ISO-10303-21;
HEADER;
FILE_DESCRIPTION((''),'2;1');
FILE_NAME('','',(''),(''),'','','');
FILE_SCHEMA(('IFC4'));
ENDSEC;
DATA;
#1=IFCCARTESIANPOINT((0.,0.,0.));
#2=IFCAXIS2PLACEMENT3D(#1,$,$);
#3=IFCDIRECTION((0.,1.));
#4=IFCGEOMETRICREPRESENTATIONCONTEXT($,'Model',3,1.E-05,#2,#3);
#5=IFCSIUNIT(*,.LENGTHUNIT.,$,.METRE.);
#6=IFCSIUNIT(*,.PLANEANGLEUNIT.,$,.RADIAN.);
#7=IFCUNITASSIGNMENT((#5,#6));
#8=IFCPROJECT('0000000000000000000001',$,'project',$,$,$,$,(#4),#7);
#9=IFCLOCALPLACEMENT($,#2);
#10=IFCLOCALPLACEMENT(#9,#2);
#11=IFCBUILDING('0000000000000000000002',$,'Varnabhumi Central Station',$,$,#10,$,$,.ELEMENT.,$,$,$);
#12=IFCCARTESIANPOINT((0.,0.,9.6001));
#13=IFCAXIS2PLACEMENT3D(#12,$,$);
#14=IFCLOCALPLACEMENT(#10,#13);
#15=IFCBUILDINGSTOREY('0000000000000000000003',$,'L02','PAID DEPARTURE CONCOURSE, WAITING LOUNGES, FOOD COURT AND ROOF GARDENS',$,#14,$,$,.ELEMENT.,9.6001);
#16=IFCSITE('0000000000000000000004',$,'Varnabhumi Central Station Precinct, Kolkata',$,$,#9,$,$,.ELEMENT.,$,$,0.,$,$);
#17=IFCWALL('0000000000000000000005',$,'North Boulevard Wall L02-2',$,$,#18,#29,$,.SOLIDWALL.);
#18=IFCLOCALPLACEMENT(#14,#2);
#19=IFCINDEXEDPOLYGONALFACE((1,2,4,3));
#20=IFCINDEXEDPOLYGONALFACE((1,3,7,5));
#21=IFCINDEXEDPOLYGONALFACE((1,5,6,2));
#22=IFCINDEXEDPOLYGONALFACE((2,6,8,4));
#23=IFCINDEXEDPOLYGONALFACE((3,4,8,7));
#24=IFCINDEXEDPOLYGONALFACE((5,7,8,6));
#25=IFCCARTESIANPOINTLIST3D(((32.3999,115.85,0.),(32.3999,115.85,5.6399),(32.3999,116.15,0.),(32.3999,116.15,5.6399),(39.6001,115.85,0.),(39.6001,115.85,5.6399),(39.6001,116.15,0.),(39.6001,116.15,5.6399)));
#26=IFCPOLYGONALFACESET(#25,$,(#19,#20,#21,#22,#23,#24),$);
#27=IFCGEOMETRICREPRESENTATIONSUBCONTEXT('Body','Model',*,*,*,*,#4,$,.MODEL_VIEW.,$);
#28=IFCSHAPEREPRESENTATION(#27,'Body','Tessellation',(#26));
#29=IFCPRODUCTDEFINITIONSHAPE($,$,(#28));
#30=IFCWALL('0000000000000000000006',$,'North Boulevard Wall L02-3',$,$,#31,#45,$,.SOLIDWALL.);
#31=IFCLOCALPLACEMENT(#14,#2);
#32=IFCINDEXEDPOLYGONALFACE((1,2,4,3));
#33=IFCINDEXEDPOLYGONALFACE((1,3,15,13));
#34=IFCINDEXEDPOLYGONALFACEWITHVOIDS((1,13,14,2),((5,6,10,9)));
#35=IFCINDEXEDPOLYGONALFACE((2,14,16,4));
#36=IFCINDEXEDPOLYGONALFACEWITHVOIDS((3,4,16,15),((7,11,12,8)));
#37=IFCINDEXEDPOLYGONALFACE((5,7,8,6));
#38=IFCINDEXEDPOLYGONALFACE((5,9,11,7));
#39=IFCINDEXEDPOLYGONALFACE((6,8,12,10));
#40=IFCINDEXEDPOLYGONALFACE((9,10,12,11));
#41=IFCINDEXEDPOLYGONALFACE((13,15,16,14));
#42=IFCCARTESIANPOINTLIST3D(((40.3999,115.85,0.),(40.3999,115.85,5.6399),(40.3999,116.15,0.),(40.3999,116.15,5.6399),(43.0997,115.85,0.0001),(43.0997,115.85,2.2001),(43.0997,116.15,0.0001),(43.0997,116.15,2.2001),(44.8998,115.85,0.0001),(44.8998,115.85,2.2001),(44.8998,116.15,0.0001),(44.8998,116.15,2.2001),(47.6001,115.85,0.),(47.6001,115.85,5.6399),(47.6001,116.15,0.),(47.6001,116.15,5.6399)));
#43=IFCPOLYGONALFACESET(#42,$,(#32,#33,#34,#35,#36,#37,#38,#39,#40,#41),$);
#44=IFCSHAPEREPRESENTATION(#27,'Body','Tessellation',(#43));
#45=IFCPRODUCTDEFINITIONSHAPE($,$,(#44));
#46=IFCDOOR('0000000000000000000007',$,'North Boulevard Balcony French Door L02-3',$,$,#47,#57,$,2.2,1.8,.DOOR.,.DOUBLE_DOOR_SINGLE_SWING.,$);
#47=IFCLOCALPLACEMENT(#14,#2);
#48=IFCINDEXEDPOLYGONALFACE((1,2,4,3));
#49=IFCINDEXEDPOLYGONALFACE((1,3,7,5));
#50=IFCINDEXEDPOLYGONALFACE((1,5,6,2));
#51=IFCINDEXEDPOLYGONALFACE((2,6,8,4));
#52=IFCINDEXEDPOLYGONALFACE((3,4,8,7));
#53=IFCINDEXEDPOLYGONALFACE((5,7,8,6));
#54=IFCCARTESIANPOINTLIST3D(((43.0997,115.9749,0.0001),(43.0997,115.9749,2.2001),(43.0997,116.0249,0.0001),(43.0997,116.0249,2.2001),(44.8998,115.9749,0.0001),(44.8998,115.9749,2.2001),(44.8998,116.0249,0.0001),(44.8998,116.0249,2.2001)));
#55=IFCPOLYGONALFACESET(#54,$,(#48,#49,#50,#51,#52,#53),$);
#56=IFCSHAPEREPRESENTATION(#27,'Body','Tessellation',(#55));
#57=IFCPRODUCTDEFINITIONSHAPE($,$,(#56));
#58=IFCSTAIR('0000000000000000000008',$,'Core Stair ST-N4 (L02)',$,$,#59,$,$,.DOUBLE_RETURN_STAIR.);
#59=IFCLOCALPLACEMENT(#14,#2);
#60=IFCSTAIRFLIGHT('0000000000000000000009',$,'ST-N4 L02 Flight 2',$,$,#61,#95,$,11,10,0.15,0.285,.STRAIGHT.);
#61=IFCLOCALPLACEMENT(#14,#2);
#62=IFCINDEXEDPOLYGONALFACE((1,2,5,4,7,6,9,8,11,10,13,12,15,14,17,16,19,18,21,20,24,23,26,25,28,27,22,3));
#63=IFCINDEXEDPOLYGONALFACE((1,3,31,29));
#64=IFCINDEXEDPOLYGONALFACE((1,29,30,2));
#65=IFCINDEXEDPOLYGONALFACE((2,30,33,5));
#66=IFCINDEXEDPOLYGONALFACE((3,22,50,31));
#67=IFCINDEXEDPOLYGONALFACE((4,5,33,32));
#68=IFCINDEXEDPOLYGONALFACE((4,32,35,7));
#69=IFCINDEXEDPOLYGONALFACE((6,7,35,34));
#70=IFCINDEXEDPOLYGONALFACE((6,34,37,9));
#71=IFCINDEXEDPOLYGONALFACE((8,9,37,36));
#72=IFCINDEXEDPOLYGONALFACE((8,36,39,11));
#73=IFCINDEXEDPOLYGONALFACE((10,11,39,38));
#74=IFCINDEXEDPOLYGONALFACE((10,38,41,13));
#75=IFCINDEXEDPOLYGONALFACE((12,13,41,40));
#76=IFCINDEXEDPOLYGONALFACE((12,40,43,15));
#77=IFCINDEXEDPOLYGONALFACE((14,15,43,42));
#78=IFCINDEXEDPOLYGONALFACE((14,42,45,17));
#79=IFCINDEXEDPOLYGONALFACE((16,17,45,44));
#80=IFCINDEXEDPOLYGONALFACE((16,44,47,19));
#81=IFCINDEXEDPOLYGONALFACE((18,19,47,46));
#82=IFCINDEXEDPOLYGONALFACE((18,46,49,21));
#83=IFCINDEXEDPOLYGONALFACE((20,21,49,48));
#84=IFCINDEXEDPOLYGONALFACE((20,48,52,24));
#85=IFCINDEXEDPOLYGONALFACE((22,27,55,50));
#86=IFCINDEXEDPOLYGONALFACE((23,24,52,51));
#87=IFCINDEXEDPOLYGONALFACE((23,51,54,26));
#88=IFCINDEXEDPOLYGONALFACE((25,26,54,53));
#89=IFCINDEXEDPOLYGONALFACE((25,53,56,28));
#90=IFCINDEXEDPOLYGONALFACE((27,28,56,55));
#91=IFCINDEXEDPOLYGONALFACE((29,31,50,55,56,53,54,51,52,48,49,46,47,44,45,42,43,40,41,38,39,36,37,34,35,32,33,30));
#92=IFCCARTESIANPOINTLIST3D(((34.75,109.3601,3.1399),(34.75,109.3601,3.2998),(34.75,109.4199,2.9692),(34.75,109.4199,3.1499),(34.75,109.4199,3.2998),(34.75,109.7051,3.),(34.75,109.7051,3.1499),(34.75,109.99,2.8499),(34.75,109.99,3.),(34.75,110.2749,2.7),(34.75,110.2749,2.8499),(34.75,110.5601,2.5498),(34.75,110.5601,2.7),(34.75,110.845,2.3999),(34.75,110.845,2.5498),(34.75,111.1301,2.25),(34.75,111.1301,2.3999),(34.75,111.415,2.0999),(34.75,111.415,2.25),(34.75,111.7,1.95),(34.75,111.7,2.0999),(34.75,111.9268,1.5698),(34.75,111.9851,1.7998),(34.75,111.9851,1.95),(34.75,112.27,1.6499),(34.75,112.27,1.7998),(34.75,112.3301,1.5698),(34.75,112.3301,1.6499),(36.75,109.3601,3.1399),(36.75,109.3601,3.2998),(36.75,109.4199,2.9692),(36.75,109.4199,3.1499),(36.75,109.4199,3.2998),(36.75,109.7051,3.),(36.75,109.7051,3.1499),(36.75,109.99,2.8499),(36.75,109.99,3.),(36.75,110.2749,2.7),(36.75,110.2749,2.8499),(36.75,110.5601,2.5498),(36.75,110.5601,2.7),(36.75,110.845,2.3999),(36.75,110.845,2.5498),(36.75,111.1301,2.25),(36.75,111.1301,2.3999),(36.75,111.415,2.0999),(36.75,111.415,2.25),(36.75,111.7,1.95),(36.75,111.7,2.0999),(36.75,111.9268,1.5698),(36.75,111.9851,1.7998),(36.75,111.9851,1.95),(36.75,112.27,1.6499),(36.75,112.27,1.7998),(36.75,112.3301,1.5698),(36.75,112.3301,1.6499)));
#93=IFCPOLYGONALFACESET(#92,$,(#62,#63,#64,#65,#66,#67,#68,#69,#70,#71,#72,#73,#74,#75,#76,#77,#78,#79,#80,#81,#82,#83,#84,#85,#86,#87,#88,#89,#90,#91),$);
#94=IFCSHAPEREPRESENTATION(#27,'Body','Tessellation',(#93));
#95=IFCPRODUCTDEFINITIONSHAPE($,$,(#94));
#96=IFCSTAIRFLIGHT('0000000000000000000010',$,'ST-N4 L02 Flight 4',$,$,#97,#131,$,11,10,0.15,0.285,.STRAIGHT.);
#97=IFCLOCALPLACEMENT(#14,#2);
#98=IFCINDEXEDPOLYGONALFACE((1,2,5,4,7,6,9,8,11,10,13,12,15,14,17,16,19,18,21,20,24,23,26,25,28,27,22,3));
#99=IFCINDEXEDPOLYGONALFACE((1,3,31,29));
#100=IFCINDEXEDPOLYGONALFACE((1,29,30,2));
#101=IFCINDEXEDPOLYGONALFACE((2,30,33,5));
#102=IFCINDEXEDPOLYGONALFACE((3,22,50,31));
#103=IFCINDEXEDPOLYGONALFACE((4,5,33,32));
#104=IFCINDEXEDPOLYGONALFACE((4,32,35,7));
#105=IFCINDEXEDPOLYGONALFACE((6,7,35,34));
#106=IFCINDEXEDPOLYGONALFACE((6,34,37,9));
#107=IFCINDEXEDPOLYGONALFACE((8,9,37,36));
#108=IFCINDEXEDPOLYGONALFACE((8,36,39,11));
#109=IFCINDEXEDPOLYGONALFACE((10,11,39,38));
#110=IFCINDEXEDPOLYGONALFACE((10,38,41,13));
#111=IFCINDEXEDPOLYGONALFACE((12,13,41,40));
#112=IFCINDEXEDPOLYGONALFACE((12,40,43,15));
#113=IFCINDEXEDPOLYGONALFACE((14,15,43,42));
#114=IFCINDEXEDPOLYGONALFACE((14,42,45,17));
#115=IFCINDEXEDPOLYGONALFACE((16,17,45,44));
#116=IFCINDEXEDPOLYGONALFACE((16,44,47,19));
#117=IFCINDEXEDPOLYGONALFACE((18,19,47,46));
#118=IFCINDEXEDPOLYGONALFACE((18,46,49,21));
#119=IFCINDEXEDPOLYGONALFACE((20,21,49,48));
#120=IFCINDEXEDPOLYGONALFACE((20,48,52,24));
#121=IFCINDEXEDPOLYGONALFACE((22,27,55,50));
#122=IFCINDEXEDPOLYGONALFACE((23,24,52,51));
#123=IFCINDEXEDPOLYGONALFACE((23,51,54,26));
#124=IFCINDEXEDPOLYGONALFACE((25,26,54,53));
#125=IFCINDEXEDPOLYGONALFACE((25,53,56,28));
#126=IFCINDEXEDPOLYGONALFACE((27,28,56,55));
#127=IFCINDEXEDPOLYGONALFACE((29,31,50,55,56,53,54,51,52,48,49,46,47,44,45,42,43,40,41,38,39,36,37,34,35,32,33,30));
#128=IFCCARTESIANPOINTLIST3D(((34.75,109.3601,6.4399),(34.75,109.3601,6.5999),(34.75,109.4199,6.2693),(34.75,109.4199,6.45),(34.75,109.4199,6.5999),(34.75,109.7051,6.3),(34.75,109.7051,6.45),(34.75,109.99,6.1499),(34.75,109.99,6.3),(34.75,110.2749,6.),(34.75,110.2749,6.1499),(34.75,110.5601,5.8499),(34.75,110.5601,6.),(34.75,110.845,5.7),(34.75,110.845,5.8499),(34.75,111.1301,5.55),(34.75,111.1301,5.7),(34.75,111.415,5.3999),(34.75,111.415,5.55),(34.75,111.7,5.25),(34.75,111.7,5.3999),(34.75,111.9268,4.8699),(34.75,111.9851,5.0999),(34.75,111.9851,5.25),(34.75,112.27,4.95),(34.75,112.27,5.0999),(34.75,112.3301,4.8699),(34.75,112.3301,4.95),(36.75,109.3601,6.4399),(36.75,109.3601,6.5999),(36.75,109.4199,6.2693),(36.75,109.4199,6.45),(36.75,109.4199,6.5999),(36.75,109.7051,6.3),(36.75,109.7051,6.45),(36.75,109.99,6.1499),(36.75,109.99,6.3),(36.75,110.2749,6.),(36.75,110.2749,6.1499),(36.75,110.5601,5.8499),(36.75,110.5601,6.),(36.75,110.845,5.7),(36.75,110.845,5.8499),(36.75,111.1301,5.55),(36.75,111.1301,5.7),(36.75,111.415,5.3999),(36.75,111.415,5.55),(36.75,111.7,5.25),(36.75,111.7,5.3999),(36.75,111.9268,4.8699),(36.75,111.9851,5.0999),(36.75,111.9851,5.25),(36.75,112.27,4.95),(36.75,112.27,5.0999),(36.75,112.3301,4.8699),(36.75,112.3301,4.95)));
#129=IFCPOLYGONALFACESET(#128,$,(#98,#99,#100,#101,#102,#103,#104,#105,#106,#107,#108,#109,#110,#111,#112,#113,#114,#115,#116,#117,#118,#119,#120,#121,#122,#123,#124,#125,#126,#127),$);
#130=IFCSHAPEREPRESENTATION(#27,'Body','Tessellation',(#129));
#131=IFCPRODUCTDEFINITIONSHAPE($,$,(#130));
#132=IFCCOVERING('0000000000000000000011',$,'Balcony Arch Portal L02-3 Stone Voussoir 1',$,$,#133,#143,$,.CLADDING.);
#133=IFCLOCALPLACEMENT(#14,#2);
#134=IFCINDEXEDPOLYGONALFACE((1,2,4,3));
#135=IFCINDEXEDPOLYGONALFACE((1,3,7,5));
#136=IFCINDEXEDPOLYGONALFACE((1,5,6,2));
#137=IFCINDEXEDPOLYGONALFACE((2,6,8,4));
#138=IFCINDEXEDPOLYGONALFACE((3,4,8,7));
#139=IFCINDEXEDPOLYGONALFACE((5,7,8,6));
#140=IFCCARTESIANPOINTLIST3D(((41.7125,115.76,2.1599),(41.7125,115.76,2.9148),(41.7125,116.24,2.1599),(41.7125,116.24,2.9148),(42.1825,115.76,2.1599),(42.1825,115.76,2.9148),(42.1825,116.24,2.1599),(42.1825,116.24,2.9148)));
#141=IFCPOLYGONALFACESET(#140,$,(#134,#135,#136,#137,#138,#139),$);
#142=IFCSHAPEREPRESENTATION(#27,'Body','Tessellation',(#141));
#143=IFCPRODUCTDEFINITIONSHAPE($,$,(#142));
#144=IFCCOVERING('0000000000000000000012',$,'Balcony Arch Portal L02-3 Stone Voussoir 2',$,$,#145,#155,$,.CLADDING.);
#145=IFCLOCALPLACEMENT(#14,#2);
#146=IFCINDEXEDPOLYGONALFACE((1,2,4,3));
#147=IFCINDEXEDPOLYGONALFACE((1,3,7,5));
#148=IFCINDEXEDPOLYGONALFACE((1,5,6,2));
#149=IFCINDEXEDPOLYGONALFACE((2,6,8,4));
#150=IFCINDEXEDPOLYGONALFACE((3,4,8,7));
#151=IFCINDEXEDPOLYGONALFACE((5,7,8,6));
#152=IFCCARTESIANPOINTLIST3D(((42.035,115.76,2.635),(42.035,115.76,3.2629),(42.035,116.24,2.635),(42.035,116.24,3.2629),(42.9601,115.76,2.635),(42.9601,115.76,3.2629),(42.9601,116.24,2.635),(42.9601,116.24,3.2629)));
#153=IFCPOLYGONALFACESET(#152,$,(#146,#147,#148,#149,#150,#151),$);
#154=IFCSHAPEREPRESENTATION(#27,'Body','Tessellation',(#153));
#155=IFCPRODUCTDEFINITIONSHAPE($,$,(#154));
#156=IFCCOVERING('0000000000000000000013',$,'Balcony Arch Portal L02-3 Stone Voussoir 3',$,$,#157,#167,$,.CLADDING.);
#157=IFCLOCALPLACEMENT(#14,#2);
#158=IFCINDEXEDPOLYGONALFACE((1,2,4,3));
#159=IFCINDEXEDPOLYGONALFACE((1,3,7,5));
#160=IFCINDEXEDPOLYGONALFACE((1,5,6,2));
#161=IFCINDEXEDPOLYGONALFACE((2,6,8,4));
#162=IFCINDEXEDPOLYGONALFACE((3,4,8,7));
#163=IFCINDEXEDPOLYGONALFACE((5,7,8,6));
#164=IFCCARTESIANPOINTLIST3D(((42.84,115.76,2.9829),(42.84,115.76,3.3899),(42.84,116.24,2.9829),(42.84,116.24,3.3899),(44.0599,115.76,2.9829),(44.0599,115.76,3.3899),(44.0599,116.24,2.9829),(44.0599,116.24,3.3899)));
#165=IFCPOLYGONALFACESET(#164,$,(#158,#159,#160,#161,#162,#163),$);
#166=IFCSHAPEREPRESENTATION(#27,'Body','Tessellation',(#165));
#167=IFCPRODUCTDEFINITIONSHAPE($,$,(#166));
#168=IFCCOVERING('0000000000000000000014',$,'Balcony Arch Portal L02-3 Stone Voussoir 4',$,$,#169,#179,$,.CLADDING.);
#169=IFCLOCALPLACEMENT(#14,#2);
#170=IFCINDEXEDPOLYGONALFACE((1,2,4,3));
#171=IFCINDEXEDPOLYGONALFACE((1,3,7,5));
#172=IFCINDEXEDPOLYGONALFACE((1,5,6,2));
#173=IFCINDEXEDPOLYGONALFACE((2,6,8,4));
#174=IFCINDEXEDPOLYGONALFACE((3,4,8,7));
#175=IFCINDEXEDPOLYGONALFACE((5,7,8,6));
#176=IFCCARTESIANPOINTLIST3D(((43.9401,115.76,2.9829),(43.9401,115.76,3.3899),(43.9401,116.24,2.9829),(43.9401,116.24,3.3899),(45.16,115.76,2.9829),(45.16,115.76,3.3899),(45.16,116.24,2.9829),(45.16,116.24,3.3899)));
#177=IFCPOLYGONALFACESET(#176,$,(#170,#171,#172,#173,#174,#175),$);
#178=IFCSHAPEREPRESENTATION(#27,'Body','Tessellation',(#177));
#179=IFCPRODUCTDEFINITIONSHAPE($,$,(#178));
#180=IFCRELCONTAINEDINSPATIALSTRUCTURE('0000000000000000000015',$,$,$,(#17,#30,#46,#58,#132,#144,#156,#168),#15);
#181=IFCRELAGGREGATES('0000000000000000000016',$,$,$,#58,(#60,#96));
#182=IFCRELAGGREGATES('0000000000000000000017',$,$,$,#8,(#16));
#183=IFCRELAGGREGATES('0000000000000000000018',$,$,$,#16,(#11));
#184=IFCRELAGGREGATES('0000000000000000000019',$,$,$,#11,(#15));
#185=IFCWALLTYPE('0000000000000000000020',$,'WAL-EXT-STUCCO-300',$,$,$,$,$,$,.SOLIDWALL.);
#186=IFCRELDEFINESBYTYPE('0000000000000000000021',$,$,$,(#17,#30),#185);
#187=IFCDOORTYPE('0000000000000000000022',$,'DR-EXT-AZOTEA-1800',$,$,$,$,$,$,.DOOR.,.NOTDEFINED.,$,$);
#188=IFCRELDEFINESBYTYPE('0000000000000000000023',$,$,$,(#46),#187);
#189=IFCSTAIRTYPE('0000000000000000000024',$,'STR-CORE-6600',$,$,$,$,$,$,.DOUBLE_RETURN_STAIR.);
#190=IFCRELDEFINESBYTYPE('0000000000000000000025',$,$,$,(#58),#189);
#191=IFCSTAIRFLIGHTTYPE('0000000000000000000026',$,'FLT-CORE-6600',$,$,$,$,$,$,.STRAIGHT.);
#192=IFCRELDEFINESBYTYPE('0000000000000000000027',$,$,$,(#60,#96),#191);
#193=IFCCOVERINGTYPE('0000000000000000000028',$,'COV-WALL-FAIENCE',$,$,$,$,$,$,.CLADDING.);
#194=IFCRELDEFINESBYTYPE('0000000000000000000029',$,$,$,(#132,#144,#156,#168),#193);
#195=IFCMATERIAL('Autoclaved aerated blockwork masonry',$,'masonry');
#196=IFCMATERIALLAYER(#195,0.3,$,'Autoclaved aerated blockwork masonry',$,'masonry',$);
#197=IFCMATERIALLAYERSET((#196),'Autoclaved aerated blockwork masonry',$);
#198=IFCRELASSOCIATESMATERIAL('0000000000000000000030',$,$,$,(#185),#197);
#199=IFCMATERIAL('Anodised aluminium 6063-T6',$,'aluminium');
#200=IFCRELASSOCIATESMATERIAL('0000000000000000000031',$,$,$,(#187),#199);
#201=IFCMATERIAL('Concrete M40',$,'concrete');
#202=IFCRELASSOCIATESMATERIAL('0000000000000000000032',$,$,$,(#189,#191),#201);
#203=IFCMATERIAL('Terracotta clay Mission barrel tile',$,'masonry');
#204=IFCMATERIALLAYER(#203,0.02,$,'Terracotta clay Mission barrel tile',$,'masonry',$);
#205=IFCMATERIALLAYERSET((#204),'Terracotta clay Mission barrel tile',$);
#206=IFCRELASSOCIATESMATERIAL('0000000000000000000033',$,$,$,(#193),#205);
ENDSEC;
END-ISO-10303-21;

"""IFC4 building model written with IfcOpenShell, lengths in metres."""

from ifc_helpers import new_model, si_unit, direction, frame, frame_2d, origin, origin_2d, place, context, subcontext, project, spatial, polyline, rectangle, outline, extrude, material, layer, layer_set, type_object, element, fill, aggregate, save


model = new_model("IFC4")

# Units and contexts
model_context = context("Model", 3, precision=1e-05, world=origin(), true_north=direction((0.0, 1.0)))
body_context = subcontext(model_context, "Body", "Model", "MODEL_VIEW")
ifc_project = project(units=[si_unit("LENGTHUNIT", "METRE"), si_unit("PLANEANGLEUNIT", "RADIAN")], contexts=[model_context])

# Site, building, storey
site_placement = place(None, origin())
site = spatial("IfcSite", under=ifc_project, at=site_placement, Name="Varnabhumi Central Station Precinct, Kolkata", CompositionType="ELEMENT", RefElevation=0.0)
building_placement = place(site_placement, origin())
building = spatial("IfcBuilding", under=site, at=building_placement, Name="Varnabhumi Central Station", CompositionType="ELEMENT")
storey_placement = place(building_placement, frame((0.0, 0.0, 9.6001)))
storey = spatial("IfcBuildingStorey", under=building, at=storey_placement, Name="L02", Description="PAID DEPARTURE CONCOURSE, WAITING LOUNGES, FOOD COURT AND ROOF GARDENS", CompositionType="ELEMENT", Elevation=9.6001)

# Shared definitions
ifc_material_1 = material(Name="Concrete M40", Category="concrete")

# Wall
ifc_material_2 = material(Name="Autoclaved aerated blockwork masonry", Category="masonry")
ifc_layer_1 = layer(ifc_material_2, 0.3, Name="Autoclaved aerated blockwork masonry", Category="masonry")
ifc_layer_set_1 = layer_set([ifc_layer_1], Name="Autoclaved aerated blockwork masonry")
wall_type_1 = type_object("IfcWallType", Name="WAL-EXT-STUCCO-300", PredefinedType="SOLIDWALL", material=ifc_layer_set_1)
wall_1_placement = place(storey_placement, frame((32.3999, 116.0, 0.0), z_axis=(0.0, 0.0, 1.0), x_axis=(1.0, 0.0, 0.0)))
element("IfcWall", 1, at=wall_1_placement, inside=storey, type_object=wall_type_1, Name="North Boulevard Wall L02-2", PredefinedType="SOLIDWALL", context=body_context, shape_type="SweptSolid", body=[
    extrude(rectangle(XDim=7.2002, YDim=0.3, at=frame_2d((3.6001, 0.0))), origin(), (0.0, 0.0, 1.0), 5.6399),
])

# Wall, opening, door
wall_2_placement = place(storey_placement, frame((40.3999, 116.0, 0.0), z_axis=(0.0, 0.0, 1.0), x_axis=(1.0, 0.0, 0.0)))
wall_2 = element("IfcWall", 2, at=wall_2_placement, inside=storey, type_object=wall_type_1, Name="North Boulevard Wall L02-3", PredefinedType="SOLIDWALL", context=body_context, shape_type="SweptSolid", body=[
    extrude(rectangle(XDim=7.2002, YDim=0.3, at=frame_2d((3.6001, 0.0))), origin(), (0.0, 0.0, 1.0), 5.6399),
])
opening_1_placement = place(wall_2_placement, frame((2.7, 0.0, 0.0)))
opening_1 = element("IfcOpeningElement", 3, at=opening_1_placement, cuts=wall_2, PredefinedType="OPENING", context=body_context, shape_type="SweptSolid", body=[
    extrude(rectangle(XDim=1.8, YDim=2.2, at=frame_2d((0.8999, 1.1001))), frame((0.0, 0.1599, 0.0), z_axis=(0.0, -1.0, 0.0), x_axis=(1.0, 0.0, 0.0)), (0.0, 0.0, 1.0), 0.3201),
])
ifc_material_3 = material(Name="Anodised aluminium 6063-T6", Category="aluminium")
door_type_1 = type_object("IfcDoorType", Name="DR-EXT-AZOTEA-1800", OperationType="NOTDEFINED", PredefinedType="DOOR", material=ifc_material_3)
door_1_placement = place(opening_1_placement, origin())
door_1 = element("IfcDoor", 4, at=door_1_placement, inside=storey, type_object=door_type_1, Name="North Boulevard Balcony French Door L02-3", OperationType="DOUBLE_DOOR_SINGLE_SWING", OverallHeight=2.2, OverallWidth=1.8, PredefinedType="DOOR", context=body_context, shape_type="SweptSolid", body=[
    extrude(rectangle(XDim=1.8, YDim=2.2, at=frame_2d((0.8999, 1.1001))), frame((0.0, 0.0249, 0.0), z_axis=(0.0, -1.0, 0.0), x_axis=(1.0, 0.0, 0.0)), (0.0, 0.0, 1.0), 0.05),
])
fill(opening_1, door_1)

# Stair, stair flights
stair_type = type_object("IfcStairType", Name="STR-CORE-6600", PredefinedType="DOUBLE_RETURN_STAIR", material=ifc_material_1)
stair_placement = place(storey_placement, origin())
stair = element("IfcStair", 5, at=stair_placement, inside=storey, type_object=stair_type, Name="Core Stair ST-N4 (L02)", PredefinedType="DOUBLE_RETURN_STAIR")
stair_flight_type = type_object("IfcStairFlightType", Name="FLT-CORE-6600", PredefinedType="STRAIGHT", material=ifc_material_1)
stair_flight_1_placement = place(storey_placement, frame((35.75, 112.27, 1.6499), z_axis=(0.0, 0.0, 1.0), x_axis=(0.0, -1.0, 0.0)))
stair_flight_1 = element("IfcStairFlight", 6, at=stair_flight_1_placement, type_object=stair_flight_type, Name="ST-N4 L02 Flight 2", NumberOfRisers=11, NumberOfTreads=10, PredefinedType="STRAIGHT", RiserHeight=0.15, TreadLength=0.285, context=body_context, shape_type="SweptSolid", body=[
    extrude(outline(polyline([(-0.0601, -0.0801), (-0.0601, 0.0), (0.0, 0.0), (0.0, 0.1499), (0.2849, 0.1499), (0.2849, 0.3), (0.5701, 0.3), (0.5701, 0.45), (0.855, 0.45), (0.855, 0.6001), (1.1399, 0.6001), (1.1399, 0.75), (1.425, 0.75), (1.425, 0.8999), (1.71, 0.8999), (1.71, 1.05), (1.9951, 1.05), (1.9951, 1.2), (2.28, 1.2), (2.28, 1.3501), (2.5649, 1.3501), (2.5649, 1.5), (2.8501, 1.5), (2.8501, 1.6499), (2.9099, 1.6499), (2.9099, 1.49), (2.8501, 1.3193), (0.3433, -0.0801), (-0.0601, -0.0801)])), frame((0.0, 1.0, 0.0), z_axis=(0.0, -1.0, 0.0), x_axis=(1.0, 0.0, 0.0)), (0.0, 0.0, 1.0), 2.0),
])
stair_flight_2_placement = place(storey_placement, frame((35.75, 112.27, 4.95), z_axis=(0.0, 0.0, 1.0), x_axis=(0.0, -1.0, 0.0)))
stair_flight_2 = element("IfcStairFlight", 7, at=stair_flight_2_placement, type_object=stair_flight_type, Name="ST-N4 L02 Flight 4", NumberOfRisers=11, NumberOfTreads=10, PredefinedType="STRAIGHT", RiserHeight=0.15, TreadLength=0.285, context=body_context, shape_type="SweptSolid", body=[
    extrude(outline(polyline([(-0.0601, -0.0801), (-0.0601, 0.0), (0.0, 0.0), (0.0, 0.1499), (0.2849, 0.1499), (0.2849, 0.3), (0.5701, 0.3), (0.5701, 0.45), (0.855, 0.45), (0.855, 0.6001), (1.1399, 0.6001), (1.1399, 0.75), (1.425, 0.75), (1.425, 0.8999), (1.71, 0.8999), (1.71, 1.05), (1.9951, 1.05), (1.9951, 1.2), (2.28, 1.2), (2.28, 1.3501), (2.5649, 1.3501), (2.5649, 1.5), (2.8501, 1.5), (2.8501, 1.6499), (2.9099, 1.6499), (2.9099, 1.49), (2.8501, 1.3193), (0.3433, -0.0801), (-0.0601, -0.0801)])), frame((0.0, 1.0, 0.0), z_axis=(0.0, -1.0, 0.0), x_axis=(1.0, 0.0, 0.0)), (0.0, 0.0, 1.0), 2.0),
])
aggregate(stair, [stair_flight_1, stair_flight_2])

# Coverings
ifc_material_4 = material(Name="Terracotta clay Mission barrel tile", Category="masonry")
ifc_layer_2 = layer(ifc_material_4, 0.02, Name="Terracotta clay Mission barrel tile", Category="masonry")
ifc_layer_set_2 = layer_set([ifc_layer_2], Name="Terracotta clay Mission barrel tile")
covering_type = type_object("IfcCoveringType", Name="COV-WALL-FAIENCE", PredefinedType="CLADDING", material=ifc_layer_set_2)
covering_1_placement = place(storey_placement, frame((41.9475, 116.0, 2.1599), z_axis=(0.0, 0.0, 1.0), x_axis=(1.0, 0.0, 0.0)))
element("IfcCovering", 8, at=covering_1_placement, inside=storey, type_object=covering_type, Name="Balcony Arch Portal L02-3 Stone Voussoir 1", PredefinedType="CLADDING", context=body_context, shape_type="SweptSolid", body=[
    extrude(rectangle(XDim=0.47, YDim=0.48, at=origin_2d()), origin(), (0.0, 0.0, 1.0), 0.7549),
])
covering_2_placement = place(storey_placement, frame((42.4976, 116.0, 2.635), z_axis=(0.0, 0.0, 1.0), x_axis=(1.0, 0.0, 0.0)))
element("IfcCovering", 9, at=covering_2_placement, inside=storey, type_object=covering_type, Name="Balcony Arch Portal L02-3 Stone Voussoir 2", PredefinedType="CLADDING", context=body_context, shape_type="SweptSolid", body=[
    extrude(rectangle(XDim=0.925, YDim=0.48, at=origin_2d()), origin(), (0.0, 0.0, 1.0), 0.6279),
])
for number, where, z_axis, x_axis, name in (
    (10, (43.45, 116.0, 2.9829), (0.0, 0.0, 1.0), (1.0, 0.0, 0.0), "Balcony Arch Portal L02-3 Stone Voussoir 3"),
    (11, (44.55, 116.0, 2.9829), (0.0, 0.0, 1.0), (1.0, 0.0, 0.0), "Balcony Arch Portal L02-3 Stone Voussoir 4"),
):
    element("IfcCovering", number, at=place(storey_placement, frame(where, z_axis=z_axis, x_axis=x_axis)), inside=storey, type_object=covering_type, Name=name, PredefinedType="CLADDING", context=body_context, shape_type="SweptSolid", body=[
        extrude(rectangle(XDim=1.22, YDim=0.48, at=origin_2d()), origin(), (0.0, 0.0, 1.0), 0.407),
    ])

save(model, "model.ifc")
